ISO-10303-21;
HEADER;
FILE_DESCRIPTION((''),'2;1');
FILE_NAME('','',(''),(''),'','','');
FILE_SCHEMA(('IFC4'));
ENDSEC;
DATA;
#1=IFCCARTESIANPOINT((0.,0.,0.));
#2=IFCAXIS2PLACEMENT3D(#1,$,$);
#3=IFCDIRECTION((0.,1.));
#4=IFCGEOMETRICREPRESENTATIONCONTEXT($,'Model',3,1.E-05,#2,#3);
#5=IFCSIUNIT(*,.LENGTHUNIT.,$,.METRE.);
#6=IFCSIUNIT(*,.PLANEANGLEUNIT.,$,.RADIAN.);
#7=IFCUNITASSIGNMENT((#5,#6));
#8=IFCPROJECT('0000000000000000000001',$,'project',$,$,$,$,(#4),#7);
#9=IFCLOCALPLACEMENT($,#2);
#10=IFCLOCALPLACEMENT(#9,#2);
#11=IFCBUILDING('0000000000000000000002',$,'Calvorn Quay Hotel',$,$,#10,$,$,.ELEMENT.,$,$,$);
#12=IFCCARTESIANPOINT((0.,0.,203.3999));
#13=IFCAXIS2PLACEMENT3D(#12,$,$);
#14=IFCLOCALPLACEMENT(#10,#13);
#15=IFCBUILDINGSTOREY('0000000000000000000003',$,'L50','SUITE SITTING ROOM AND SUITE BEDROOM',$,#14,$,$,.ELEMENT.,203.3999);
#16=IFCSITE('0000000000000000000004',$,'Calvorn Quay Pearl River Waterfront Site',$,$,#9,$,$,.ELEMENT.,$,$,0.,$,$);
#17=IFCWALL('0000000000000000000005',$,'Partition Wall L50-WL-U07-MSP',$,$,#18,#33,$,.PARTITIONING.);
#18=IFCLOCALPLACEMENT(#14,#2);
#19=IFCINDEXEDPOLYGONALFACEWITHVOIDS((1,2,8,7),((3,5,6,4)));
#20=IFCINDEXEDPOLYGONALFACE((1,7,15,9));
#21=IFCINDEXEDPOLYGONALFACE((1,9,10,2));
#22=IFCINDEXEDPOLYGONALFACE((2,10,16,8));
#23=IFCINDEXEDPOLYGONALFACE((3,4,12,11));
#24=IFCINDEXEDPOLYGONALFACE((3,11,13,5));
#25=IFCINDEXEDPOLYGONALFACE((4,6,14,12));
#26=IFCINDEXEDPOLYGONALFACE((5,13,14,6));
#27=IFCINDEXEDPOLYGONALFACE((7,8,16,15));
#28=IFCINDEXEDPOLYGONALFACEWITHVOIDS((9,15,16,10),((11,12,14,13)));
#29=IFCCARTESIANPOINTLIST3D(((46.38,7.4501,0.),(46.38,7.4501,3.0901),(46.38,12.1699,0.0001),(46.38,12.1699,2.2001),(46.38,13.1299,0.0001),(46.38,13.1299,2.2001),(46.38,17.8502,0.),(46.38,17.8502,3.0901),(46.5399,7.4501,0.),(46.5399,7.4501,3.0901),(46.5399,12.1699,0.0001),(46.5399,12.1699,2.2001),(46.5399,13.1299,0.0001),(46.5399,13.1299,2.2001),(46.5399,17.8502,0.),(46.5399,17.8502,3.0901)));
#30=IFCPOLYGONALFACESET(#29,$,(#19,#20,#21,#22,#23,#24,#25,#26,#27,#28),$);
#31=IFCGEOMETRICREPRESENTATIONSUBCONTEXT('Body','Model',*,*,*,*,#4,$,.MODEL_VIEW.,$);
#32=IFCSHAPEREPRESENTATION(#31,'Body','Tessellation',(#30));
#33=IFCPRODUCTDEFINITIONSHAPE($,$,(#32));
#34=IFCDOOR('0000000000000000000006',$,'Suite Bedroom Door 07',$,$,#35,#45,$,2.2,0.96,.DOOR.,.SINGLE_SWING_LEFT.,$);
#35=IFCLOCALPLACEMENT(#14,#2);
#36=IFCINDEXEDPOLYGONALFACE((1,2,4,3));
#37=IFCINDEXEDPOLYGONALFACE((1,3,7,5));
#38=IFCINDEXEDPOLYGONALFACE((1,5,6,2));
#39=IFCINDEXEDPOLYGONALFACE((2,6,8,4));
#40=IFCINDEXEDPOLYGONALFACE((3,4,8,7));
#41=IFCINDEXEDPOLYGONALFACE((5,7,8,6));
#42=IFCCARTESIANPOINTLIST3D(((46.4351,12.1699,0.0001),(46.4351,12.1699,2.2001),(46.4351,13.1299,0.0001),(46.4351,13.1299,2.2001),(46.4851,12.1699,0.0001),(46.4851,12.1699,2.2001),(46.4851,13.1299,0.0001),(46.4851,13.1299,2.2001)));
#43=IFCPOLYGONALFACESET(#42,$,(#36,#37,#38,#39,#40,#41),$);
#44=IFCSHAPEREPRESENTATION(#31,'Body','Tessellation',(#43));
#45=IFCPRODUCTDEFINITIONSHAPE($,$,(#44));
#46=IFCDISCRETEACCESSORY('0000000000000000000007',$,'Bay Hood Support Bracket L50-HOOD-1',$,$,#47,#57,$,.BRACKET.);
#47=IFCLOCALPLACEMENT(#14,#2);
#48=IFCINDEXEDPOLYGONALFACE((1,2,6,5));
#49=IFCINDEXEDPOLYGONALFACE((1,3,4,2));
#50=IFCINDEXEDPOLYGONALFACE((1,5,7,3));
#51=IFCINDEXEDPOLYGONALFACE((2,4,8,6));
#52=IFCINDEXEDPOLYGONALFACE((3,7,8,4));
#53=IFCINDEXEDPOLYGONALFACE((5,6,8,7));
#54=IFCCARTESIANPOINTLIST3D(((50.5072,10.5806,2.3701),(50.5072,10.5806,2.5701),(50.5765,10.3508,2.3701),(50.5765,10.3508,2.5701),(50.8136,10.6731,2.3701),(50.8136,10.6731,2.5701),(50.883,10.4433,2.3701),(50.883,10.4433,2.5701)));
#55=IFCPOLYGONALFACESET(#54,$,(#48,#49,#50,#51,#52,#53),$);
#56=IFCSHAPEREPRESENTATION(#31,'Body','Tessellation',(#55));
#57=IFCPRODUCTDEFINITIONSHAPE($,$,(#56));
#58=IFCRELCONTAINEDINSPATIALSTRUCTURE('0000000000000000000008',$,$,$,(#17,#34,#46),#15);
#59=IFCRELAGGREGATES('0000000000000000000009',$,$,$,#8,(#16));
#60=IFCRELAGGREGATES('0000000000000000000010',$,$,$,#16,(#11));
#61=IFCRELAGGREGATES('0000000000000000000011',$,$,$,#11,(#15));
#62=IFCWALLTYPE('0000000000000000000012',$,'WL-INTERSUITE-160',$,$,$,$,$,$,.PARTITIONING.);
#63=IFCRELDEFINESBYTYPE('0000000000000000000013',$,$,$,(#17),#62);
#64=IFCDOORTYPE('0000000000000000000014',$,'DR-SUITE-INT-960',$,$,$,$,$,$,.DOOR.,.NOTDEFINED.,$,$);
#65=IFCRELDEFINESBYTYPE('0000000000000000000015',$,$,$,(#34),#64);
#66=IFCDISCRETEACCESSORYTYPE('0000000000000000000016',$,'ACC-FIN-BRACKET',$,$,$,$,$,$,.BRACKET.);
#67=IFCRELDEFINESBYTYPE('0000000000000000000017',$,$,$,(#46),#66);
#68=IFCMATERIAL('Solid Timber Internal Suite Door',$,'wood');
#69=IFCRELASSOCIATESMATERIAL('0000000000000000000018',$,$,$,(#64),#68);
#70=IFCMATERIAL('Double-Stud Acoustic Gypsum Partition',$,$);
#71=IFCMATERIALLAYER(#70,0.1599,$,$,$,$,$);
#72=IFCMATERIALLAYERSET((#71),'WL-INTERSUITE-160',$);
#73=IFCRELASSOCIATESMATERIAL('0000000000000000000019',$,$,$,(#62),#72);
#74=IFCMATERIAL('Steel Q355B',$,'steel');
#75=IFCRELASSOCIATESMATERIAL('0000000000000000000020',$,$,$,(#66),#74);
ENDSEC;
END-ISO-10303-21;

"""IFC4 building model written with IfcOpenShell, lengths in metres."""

from ifc_helpers import new_model, si_unit, direction, frame, frame_2d, origin, origin_2d, place, context, subcontext, project, spatial, rectangle, extrude, material, layer, layer_set, type_object, element, fill, save


model = new_model("IFC4")

# Units and contexts
model_context = context("Model", 3, precision=1e-05, world=origin(), true_north=direction((0.0, 1.0)))
body_context = subcontext(model_context, "Body", "Model", "MODEL_VIEW")
ifc_project = project(units=[si_unit("LENGTHUNIT", "METRE"), si_unit("PLANEANGLEUNIT", "RADIAN")], contexts=[model_context])

# Site, building, storey
site_placement = place(None, origin())
site = spatial("IfcSite", under=ifc_project, at=site_placement, Name="Calvorn Quay Pearl River Waterfront Site", CompositionType="ELEMENT", RefElevation=0.0)
building_placement = place(site_placement, origin())
building = spatial("IfcBuilding", under=site, at=building_placement, Name="Calvorn Quay Hotel", CompositionType="ELEMENT")
storey_placement = place(building_placement, frame((0.0, 0.0, 203.3999)))
storey = spatial("IfcBuildingStorey", under=building, at=storey_placement, Name="L50", Description="SUITE SITTING ROOM AND SUITE BEDROOM", CompositionType="ELEMENT", Elevation=203.3999)

# Shared definitions
ifc_material_1 = material(Name="Solid Timber Internal Suite Door", Category="wood")
door_type_1 = type_object("IfcDoorType", Name="DR-SUITE-INT-960", OperationType="NOTDEFINED", PredefinedType="DOOR", material=ifc_material_1)

# Wall, opening, door
ifc_material_2 = material(Name="Double-Stud Acoustic Gypsum Partition")
ifc_layer_1 = layer(ifc_material_2, 0.1599)
ifc_layer_set_1 = layer_set([ifc_layer_1], Name="WL-INTERSUITE-160")
wall_type_1 = type_object("IfcWallType", Name="WL-INTERSUITE-160", PredefinedType="PARTITIONING", material=ifc_layer_set_1)
wall_1_placement = place(storey_placement, frame((46.46, 7.45, 0.0), z_axis=(0.0, 0.0, 1.0), x_axis=(0.0, 1.0, 0.0)))
wall_1 = element("IfcWall", 1, at=wall_1_placement, inside=storey, type_object=wall_type_1, Name="Partition Wall L50-WL-U07-MSP", PredefinedType="PARTITIONING", context=body_context, shape_type="SweptSolid", body=[
    extrude(rectangle(XDim=10.4001, YDim=0.1599, at=frame_2d((5.2002, 0.0))), origin(), (0.0, 0.0, 1.0), 3.0901),
])
opening_1_placement = place(wall_1_placement, frame((4.72, 0.0, 0.0)))
opening_1 = element("IfcOpeningElement", 2, at=opening_1_placement, cuts=wall_1, PredefinedType="OPENING", context=body_context, shape_type="SweptSolid", body=[
    extrude(rectangle(XDim=0.96, YDim=2.2, at=frame_2d((0.48, 1.1001))), frame((0.0, 0.0898, 0.0), z_axis=(0.0, -1.0, 0.0), x_axis=(1.0, 0.0, 0.0)), (0.0, 0.0, 1.0), 0.1799),
])
door_1_placement = place(opening_1_placement, origin())
door_1 = element("IfcDoor", 3, at=door_1_placement, inside=storey, type_object=door_type_1, Name="Suite Bedroom Door 07", OperationType="SINGLE_SWING_LEFT", OverallHeight=2.2, OverallWidth=0.96, PredefinedType="DOOR", context=body_context, shape_type="SweptSolid", body=[
    extrude(rectangle(XDim=0.96, YDim=2.2, at=frame_2d((0.48, 1.1001))), frame((0.0, 0.0249, 0.0), z_axis=(0.0, -1.0, 0.0), x_axis=(1.0, 0.0, 0.0)), (0.0, 0.0, 1.0), 0.05),
])
fill(opening_1, door_1)

# Discrete accessory
ifc_material_3 = material(Name="Steel Q355B", Category="steel")
discrete_accessory_type = type_object("IfcDiscreteAccessoryType", Name="ACC-FIN-BRACKET", PredefinedType="BRACKET", material=ifc_material_3)
discrete_accessory_placement = place(storey_placement, frame((50.6951, 10.512, 2.3701), z_axis=(0.0, 0.0, 1.0), x_axis=(0.957319, 0.289032, 0.0)))
element("IfcDiscreteAccessory", 4, at=discrete_accessory_placement, inside=storey, type_object=discrete_accessory_type, Name="Bay Hood Support Bracket L50-HOOD-1", PredefinedType="BRACKET", context=body_context, shape_type="SweptSolid", body=[
    extrude(rectangle(XDim=0.3201, YDim=0.24, at=origin_2d()), origin(), (0.0, 0.0, 1.0), 0.2),
])

save(model, "model.ifc")
